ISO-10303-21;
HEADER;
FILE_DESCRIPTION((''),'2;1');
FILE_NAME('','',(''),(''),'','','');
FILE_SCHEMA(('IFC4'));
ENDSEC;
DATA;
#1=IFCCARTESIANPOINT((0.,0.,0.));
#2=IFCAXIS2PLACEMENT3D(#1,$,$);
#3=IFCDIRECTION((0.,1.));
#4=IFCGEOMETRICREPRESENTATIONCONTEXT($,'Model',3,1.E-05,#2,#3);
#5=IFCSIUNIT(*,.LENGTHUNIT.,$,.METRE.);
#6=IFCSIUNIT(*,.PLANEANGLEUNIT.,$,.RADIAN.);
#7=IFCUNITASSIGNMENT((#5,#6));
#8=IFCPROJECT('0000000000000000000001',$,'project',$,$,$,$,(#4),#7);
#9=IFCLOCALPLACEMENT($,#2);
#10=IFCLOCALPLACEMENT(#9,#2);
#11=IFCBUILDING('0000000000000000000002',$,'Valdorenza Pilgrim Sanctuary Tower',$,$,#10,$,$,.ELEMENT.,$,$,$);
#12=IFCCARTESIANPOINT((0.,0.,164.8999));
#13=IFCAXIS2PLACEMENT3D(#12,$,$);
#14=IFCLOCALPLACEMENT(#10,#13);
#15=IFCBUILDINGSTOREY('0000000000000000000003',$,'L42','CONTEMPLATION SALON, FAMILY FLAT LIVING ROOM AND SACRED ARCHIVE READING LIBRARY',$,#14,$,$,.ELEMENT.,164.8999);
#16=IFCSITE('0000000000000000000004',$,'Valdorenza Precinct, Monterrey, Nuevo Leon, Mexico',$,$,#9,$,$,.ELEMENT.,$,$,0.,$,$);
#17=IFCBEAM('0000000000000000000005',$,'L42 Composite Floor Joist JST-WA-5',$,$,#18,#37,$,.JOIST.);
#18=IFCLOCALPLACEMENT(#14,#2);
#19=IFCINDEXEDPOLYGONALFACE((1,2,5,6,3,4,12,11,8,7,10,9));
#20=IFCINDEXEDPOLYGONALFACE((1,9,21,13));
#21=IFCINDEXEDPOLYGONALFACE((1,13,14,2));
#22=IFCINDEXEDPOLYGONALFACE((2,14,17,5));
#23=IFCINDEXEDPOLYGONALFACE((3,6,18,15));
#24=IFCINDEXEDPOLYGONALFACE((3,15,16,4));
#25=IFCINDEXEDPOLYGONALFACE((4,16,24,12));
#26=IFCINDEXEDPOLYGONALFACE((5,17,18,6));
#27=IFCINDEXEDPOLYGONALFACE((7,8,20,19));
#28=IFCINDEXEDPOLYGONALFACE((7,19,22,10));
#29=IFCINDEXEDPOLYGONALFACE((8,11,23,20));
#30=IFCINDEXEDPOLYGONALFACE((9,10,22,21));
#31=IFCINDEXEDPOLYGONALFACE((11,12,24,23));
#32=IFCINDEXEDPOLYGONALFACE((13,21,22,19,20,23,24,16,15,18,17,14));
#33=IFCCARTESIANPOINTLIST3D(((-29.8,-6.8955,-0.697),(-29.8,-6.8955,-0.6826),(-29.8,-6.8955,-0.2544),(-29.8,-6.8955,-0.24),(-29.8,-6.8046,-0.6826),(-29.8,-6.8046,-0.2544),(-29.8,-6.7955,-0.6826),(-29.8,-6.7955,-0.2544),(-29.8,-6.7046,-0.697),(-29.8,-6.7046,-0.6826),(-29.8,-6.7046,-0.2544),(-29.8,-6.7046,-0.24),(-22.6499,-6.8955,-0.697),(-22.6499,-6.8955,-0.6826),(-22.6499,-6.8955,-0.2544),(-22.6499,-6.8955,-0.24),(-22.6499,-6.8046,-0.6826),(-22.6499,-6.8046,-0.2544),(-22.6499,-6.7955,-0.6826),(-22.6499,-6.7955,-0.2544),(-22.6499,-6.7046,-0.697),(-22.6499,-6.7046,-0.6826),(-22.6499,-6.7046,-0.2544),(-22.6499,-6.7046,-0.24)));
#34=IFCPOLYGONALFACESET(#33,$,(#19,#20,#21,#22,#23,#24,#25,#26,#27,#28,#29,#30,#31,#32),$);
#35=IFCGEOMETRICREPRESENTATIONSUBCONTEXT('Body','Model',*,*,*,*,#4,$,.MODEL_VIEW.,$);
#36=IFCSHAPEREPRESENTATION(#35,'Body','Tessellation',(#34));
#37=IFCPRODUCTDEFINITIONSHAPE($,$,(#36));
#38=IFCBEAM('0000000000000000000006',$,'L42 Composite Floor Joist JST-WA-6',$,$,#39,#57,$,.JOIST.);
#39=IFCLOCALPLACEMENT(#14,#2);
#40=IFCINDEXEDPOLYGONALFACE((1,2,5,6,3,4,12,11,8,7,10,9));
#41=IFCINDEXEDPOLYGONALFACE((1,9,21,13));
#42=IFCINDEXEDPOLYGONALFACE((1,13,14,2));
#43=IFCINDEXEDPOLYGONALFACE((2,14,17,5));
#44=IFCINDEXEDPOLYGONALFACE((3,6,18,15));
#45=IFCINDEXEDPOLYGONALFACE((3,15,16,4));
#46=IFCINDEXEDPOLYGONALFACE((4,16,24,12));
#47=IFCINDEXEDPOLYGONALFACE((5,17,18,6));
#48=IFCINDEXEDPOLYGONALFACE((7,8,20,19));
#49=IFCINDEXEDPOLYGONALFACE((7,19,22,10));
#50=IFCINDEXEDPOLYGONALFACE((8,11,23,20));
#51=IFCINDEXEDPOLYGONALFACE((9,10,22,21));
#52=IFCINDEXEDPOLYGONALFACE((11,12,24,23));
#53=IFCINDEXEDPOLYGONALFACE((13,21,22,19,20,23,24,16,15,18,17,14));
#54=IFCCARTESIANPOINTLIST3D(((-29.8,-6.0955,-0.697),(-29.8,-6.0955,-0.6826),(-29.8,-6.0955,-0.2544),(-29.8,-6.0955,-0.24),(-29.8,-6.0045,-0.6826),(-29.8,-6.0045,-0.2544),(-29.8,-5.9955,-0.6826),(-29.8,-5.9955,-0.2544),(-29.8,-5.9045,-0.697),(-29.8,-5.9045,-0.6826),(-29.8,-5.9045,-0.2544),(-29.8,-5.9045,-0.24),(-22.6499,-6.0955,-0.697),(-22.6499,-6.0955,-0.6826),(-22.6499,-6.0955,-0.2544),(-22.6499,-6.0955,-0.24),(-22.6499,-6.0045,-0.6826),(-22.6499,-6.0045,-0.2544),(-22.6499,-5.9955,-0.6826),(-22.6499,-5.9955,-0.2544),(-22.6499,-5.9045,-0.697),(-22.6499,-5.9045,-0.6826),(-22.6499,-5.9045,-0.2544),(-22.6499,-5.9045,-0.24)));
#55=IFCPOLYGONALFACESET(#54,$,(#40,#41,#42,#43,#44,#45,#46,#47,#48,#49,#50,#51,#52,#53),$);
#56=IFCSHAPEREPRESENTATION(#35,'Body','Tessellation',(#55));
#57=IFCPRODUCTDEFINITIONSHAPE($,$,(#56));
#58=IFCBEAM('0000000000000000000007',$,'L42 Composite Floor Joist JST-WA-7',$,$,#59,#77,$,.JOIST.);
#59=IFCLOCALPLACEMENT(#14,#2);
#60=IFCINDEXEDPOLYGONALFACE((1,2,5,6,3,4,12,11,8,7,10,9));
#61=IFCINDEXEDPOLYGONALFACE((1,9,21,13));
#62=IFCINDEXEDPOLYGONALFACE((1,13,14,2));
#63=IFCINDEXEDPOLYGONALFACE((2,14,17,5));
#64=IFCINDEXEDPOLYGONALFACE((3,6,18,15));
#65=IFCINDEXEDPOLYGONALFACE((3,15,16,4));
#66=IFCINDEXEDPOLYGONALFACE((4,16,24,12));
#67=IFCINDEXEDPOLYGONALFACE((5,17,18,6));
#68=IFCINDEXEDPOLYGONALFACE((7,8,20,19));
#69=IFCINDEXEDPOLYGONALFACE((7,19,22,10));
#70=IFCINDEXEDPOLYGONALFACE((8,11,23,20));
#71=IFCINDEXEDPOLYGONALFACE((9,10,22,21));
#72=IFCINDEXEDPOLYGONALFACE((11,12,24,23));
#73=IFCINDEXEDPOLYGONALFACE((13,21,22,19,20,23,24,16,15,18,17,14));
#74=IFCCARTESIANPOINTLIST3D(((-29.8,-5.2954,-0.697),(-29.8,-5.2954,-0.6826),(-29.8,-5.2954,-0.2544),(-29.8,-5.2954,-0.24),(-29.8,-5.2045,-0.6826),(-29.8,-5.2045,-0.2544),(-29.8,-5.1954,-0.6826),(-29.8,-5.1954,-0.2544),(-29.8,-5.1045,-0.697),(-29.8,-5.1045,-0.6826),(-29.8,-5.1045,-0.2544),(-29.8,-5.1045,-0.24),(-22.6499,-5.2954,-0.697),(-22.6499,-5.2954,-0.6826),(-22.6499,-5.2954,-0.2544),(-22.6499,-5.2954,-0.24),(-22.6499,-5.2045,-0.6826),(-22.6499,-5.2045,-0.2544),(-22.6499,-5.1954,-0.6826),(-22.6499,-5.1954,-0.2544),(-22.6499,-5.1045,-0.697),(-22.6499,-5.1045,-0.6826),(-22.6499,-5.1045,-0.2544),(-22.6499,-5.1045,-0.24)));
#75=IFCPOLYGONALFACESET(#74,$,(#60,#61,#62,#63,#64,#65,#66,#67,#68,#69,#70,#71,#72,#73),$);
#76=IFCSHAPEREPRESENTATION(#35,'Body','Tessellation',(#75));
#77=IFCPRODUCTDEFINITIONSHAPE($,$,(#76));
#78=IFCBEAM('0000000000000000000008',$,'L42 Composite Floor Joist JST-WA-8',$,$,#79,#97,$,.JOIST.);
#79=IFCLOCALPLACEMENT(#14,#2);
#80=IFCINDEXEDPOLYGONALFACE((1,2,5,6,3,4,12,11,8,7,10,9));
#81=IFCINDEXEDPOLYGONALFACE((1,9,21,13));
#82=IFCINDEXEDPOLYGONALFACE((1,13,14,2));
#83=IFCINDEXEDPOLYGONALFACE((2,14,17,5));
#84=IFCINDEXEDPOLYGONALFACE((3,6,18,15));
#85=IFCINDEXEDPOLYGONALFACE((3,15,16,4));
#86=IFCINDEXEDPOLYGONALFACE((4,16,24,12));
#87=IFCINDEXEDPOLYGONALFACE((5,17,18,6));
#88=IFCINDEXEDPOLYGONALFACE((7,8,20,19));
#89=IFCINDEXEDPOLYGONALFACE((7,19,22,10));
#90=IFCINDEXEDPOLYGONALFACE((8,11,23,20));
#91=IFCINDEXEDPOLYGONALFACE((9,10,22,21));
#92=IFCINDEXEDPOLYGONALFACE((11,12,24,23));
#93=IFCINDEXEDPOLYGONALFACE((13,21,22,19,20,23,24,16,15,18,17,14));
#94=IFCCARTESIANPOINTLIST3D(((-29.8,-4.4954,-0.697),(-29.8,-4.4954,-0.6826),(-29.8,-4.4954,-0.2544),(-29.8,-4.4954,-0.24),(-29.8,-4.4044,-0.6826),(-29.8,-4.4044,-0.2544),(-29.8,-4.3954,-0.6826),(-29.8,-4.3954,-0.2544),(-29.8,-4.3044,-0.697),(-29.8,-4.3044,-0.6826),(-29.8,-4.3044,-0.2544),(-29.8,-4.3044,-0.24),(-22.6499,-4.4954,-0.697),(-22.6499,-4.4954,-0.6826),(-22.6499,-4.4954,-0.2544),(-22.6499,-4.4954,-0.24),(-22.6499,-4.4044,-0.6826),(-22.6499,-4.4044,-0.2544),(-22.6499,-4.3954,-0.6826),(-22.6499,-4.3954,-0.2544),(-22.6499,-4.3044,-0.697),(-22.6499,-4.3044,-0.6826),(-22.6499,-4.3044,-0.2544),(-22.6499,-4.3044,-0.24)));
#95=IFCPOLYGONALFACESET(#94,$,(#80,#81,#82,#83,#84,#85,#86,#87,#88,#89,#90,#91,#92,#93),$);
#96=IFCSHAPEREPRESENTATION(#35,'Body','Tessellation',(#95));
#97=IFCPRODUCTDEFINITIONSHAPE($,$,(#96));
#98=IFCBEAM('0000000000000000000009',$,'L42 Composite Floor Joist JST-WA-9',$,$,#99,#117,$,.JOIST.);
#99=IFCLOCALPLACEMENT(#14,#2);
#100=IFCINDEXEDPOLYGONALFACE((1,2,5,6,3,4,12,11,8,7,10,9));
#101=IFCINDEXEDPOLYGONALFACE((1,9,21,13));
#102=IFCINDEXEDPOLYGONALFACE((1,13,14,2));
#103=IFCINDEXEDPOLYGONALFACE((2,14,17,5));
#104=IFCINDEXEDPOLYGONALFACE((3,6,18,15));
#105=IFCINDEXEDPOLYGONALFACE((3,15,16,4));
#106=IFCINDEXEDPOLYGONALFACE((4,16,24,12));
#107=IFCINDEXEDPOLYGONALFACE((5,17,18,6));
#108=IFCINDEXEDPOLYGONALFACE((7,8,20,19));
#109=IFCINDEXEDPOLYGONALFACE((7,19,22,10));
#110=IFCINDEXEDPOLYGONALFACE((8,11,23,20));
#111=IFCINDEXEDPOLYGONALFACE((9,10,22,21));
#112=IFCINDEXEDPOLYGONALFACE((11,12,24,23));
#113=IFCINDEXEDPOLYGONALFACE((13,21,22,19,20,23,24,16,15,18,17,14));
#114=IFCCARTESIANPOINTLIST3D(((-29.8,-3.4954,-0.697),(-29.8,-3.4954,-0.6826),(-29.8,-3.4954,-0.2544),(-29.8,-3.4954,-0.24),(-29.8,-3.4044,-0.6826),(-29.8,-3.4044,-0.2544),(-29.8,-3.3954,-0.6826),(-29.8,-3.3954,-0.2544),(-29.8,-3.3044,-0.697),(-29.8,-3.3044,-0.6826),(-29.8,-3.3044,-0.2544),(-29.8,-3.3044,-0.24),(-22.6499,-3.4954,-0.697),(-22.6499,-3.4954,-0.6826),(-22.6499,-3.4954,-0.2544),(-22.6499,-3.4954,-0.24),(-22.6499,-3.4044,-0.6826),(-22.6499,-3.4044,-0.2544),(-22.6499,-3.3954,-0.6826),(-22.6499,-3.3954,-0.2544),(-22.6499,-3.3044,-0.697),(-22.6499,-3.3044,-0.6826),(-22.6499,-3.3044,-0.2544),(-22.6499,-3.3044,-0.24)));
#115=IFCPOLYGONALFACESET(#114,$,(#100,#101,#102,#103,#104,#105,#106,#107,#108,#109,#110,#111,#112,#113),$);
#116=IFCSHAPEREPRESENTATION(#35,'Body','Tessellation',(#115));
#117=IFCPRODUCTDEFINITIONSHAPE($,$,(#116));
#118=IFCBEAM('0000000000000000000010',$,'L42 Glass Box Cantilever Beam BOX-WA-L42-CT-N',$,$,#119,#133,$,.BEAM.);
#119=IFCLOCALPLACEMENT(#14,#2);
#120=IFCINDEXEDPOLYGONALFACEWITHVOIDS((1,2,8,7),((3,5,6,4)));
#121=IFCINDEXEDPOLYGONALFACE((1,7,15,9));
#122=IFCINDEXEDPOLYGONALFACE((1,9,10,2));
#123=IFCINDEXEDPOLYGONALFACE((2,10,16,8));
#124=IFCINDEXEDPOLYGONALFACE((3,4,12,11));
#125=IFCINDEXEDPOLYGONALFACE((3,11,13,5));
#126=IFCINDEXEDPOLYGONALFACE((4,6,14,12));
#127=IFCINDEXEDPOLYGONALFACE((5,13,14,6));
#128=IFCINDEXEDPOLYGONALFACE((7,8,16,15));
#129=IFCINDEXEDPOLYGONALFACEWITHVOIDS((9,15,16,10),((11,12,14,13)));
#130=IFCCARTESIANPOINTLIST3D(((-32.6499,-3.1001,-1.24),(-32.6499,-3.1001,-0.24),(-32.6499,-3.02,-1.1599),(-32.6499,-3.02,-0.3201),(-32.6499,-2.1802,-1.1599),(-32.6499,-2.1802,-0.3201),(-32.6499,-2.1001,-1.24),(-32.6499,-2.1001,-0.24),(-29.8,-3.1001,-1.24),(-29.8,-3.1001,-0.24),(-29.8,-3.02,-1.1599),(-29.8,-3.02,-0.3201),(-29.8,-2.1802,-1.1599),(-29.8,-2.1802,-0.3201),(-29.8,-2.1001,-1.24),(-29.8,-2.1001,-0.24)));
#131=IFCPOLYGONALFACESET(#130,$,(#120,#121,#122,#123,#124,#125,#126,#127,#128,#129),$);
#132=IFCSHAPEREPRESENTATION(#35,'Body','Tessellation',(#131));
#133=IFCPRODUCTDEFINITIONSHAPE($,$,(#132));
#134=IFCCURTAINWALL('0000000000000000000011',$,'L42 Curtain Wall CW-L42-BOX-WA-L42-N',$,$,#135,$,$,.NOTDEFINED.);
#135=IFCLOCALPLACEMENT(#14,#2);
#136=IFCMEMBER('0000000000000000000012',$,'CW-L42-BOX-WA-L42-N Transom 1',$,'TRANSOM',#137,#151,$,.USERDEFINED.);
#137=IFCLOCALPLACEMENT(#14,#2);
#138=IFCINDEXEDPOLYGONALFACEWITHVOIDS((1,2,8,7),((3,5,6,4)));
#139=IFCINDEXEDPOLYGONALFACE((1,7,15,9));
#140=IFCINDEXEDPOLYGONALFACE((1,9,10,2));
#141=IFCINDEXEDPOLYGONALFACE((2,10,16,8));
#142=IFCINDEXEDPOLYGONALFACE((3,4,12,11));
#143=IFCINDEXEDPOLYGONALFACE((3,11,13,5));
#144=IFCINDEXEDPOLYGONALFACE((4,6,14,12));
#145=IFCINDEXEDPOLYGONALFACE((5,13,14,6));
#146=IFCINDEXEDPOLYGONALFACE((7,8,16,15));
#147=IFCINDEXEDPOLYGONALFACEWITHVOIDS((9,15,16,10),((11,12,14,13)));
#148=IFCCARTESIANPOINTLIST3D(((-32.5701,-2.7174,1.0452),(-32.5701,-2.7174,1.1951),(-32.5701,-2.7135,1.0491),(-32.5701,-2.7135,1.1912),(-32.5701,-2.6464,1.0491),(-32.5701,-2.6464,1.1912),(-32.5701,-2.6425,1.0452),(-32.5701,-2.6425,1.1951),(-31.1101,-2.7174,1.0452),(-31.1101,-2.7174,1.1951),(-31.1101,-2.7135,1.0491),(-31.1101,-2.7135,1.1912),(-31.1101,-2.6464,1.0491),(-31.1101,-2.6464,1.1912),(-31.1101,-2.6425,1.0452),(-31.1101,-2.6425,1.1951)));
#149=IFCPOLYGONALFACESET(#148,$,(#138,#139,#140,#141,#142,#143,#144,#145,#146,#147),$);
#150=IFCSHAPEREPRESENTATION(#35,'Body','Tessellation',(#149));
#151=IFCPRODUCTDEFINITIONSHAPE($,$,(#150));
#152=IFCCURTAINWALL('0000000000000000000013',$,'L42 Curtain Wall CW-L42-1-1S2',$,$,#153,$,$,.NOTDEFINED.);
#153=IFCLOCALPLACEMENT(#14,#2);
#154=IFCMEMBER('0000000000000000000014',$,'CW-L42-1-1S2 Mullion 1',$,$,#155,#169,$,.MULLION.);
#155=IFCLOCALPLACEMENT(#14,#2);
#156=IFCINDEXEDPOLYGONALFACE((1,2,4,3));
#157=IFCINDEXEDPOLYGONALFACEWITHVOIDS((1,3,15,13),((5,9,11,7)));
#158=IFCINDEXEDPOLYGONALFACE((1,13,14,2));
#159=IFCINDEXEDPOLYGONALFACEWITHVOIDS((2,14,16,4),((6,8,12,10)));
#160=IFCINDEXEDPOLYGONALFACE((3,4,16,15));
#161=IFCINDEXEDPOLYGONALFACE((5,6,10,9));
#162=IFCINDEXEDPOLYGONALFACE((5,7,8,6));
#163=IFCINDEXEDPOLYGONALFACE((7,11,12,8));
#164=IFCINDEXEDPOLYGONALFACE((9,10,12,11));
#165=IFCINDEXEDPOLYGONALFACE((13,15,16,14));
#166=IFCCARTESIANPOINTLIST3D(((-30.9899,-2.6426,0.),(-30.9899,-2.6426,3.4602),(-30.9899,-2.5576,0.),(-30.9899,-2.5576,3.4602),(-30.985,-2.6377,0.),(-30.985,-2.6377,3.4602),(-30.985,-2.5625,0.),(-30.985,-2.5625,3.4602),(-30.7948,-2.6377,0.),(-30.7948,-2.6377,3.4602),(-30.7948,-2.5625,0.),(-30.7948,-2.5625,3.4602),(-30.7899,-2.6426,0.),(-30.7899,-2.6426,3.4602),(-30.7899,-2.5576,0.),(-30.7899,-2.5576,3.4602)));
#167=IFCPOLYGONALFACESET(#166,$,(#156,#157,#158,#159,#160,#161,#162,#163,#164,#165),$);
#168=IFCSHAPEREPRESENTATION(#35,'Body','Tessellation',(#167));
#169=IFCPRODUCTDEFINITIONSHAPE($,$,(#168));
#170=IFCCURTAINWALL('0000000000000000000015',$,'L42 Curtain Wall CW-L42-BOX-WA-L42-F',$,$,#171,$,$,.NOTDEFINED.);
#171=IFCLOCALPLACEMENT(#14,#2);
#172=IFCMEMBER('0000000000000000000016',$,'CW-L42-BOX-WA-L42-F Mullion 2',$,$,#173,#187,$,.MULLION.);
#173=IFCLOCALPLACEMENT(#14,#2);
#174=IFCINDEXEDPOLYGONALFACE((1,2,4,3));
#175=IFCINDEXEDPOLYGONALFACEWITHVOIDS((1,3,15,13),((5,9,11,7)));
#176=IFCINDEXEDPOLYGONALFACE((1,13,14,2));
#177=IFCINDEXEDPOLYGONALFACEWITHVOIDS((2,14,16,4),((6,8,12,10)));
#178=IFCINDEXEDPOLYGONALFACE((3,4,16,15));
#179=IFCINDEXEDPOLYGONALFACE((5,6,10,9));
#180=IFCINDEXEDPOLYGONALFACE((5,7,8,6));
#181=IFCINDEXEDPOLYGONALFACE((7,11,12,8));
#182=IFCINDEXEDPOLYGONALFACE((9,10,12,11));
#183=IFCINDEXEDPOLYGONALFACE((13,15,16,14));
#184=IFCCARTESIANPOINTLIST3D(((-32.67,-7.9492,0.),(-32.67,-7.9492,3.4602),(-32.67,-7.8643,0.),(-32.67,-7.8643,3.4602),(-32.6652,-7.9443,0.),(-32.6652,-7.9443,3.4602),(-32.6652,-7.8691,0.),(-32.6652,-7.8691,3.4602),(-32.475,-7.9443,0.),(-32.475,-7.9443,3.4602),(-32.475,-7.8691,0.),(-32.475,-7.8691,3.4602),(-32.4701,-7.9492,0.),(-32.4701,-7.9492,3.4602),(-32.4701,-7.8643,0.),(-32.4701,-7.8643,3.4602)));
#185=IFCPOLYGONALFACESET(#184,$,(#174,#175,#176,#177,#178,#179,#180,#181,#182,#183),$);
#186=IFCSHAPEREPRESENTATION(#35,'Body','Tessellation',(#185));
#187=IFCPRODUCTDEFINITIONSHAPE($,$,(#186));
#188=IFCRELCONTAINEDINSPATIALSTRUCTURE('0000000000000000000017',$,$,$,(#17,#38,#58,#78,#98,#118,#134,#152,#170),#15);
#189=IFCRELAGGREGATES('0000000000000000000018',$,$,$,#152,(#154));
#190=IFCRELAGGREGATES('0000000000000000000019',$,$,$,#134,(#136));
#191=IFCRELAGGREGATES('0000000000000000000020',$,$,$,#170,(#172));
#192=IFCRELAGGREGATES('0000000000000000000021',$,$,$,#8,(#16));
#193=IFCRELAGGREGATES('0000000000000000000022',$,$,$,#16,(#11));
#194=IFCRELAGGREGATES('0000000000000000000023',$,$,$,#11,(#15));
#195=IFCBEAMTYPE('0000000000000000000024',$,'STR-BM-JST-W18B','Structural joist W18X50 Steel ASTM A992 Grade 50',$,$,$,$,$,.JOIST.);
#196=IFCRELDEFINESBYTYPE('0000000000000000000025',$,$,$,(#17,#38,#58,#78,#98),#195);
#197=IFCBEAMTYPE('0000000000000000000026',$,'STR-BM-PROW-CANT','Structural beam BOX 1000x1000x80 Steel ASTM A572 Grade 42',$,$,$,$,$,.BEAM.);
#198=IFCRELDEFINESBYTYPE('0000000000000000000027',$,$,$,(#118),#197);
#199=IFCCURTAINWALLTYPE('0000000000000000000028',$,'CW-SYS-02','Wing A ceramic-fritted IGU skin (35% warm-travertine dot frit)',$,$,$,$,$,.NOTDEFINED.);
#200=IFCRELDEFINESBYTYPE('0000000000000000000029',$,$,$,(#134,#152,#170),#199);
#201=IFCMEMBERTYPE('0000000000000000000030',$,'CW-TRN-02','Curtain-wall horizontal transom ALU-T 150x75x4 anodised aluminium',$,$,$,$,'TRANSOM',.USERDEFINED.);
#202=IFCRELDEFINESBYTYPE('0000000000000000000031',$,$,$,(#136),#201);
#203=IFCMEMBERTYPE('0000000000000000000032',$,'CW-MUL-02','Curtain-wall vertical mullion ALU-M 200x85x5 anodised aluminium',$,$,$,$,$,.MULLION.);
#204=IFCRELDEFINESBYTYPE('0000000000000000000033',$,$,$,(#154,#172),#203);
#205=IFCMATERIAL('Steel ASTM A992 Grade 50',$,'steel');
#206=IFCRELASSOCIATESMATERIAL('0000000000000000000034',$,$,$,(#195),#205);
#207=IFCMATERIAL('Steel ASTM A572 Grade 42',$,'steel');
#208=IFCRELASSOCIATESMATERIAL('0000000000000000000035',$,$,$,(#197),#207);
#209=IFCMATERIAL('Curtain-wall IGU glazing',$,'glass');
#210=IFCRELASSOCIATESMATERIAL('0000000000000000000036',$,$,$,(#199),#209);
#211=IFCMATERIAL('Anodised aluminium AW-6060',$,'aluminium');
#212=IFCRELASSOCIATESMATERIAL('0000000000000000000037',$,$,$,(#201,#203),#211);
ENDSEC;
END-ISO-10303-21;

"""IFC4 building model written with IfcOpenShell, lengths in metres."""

from ifc_helpers import new_model, si_unit, direction, frame, origin, origin_2d, place, context, subcontext, project, spatial, hollow_rectangle, i_section, extrude, source, transform, mapped, material, material_profile, profile_set, type_object, element, aggregate, save


model = new_model("IFC4")

# Units and contexts
model_context = context("Model", 3, precision=1e-05, world=origin(), true_north=direction((0.0, 1.0)))
body_context = subcontext(model_context, "Body", "Model", "MODEL_VIEW")
ifc_project = project(units=[si_unit("LENGTHUNIT", "METRE"), si_unit("PLANEANGLEUNIT", "RADIAN")], contexts=[model_context])

# Site, building, storey
site_placement = place(None, origin())
site = spatial("IfcSite", under=ifc_project, at=site_placement, Name="Valdorenza Precinct, Monterrey, Nuevo Leon, Mexico", CompositionType="ELEMENT", RefElevation=0.0)
building_placement = place(site_placement, origin())
building = spatial("IfcBuilding", under=site, at=building_placement, Name="Valdorenza Pilgrim Sanctuary Tower", CompositionType="ELEMENT")
storey_placement = place(building_placement, frame((0.0, 0.0, 164.8999)))
storey = spatial("IfcBuildingStorey", under=building, at=storey_placement, Name="L42", Description="CONTEMPLATION SALON, FAMILY FLAT LIVING ROOM AND SACRED ARCHIVE READING LIBRARY", CompositionType="ELEMENT", Elevation=164.8999)

# Beams
ifc_material_1 = material(Name="Steel ASTM A992 Grade 50", Category="steel")
ifc_material_profile_1 = material_profile(ifc_material_1, i_section(OverallWidth=0.1909, OverallDepth=0.457, WebThickness=0.009, FlangeThickness=0.0144, at=origin_2d()), Name="W18X50")
ifc_profile_set_1 = profile_set([ifc_material_profile_1], Name="Steel ASTM A992 Grade 50")
beam_type_1 = type_object("IfcBeamType", Name="STR-BM-JST-W18B", Description="Structural joist W18X50 Steel ASTM A992 Grade 50", PredefinedType="JOIST", material=ifc_profile_set_1)
shared_shape_1 = source(origin(), body_context, "Body", "SweptSolid", [
    extrude(i_section(OverallWidth=0.1909, OverallDepth=0.457, WebThickness=0.009, FlangeThickness=0.0144, at=origin_2d()), origin(), (0.0, 0.0, 1.0), 7.1501),
])
for number, where, z_axis, x_axis, name in (
    (1, (-29.8, -6.8, -0.4685), (1.0, 0.0, 0.0), (0.0, 1.0, 0.0), "L42 Composite Floor Joist JST-WA-5"),
    (2, (-29.8, -6.0, -0.4685), (1.0, 0.0, 0.0), (0.0, 1.0, 0.0), "L42 Composite Floor Joist JST-WA-6"),
    (3, (-29.8, -5.2, -0.4685), (1.0, 0.0, 0.0), (0.0, 1.0, 0.0), "L42 Composite Floor Joist JST-WA-7"),
    (4, (-29.8, -4.3999, -0.4685), (1.0, 0.0, 0.0), (0.0, 1.0, 0.0), "L42 Composite Floor Joist JST-WA-8"),
    (5, (-29.8, -3.3999, -0.4685), (1.0, 0.0, 0.0), (0.0, 1.0, 0.0), "L42 Composite Floor Joist JST-WA-9"),
):
    element("IfcBeam", number, at=place(storey_placement, frame(where, z_axis=z_axis, x_axis=x_axis)), inside=storey, type_object=beam_type_1, Name=name, PredefinedType="JOIST", context=body_context, shape_type="MappedRepresentation", body=[
        mapped(shared_shape_1, transform((0.0, 0.0, 0.0), x_axis=(1.0, 0.0, 0.0), y_axis=(0.0, 1.0, 0.0), z_axis=(0.0, 0.0, 1.0), scale=1.0)),
    ])
ifc_material_2 = material(Name="Steel ASTM A572 Grade 42", Category="steel")
ifc_material_profile_2 = material_profile(ifc_material_2, hollow_rectangle(XDim=1.0, YDim=1.0, WallThickness=0.0801, at=origin_2d()), Name="BOX 1000x1000x80")
ifc_profile_set_2 = profile_set([ifc_material_profile_2], Name="Steel ASTM A572 Grade 42")
beam_type_2 = type_object("IfcBeamType", Name="STR-BM-PROW-CANT", Description="Structural beam BOX 1000x1000x80 Steel ASTM A572 Grade 42", PredefinedType="BEAM", material=ifc_profile_set_2)
shared_shape_2 = source(origin(), body_context, "Body", "SweptSolid", [
    extrude(hollow_rectangle(XDim=1.0, YDim=1.0, WallThickness=0.0801, at=origin_2d()), origin(), (0.0, 0.0, 1.0), 2.8499),
])
beam_1_placement = place(storey_placement, frame((-29.8, -2.6001, -0.74), z_axis=(-1.0, 0.0, 0.0), x_axis=(0.0, -1.0, 0.0)))
element("IfcBeam", 6, at=beam_1_placement, inside=storey, type_object=beam_type_2, Name="L42 Glass Box Cantilever Beam BOX-WA-L42-CT-N", PredefinedType="BEAM", context=body_context, shape_type="MappedRepresentation", body=[
    mapped(shared_shape_2, transform((0.0, 0.0, 0.0), x_axis=(1.0, 0.0, 0.0), y_axis=(0.0, 1.0, 0.0), z_axis=(0.0, 0.0, 1.0), scale=1.0)),
])

# Curtain walls, members
ifc_material_3 = material(Name="Curtain-wall IGU glazing", Category="glass")
curtain_wall_type = type_object("IfcCurtainWallType", Name="CW-SYS-02", Description="Wing A ceramic-fritted IGU skin (35% warm-travertine dot frit)", PredefinedType="NOTDEFINED", material=ifc_material_3)
curtain_wall_1_placement = place(storey_placement, origin())
curtain_wall_1 = element("IfcCurtainWall", 7, at=curtain_wall_1_placement, inside=storey, type_object=curtain_wall_type, Name="L42 Curtain Wall CW-L42-BOX-WA-L42-N", PredefinedType="NOTDEFINED")
ifc_material_4 = material(Name="Anodised aluminium AW-6060", Category="aluminium")
ifc_material_profile_3 = material_profile(ifc_material_4, hollow_rectangle(XDim=0.075, YDim=0.1499, WallThickness=0.0039, at=origin_2d()), Name="ALU-T 150x75x4")
ifc_profile_set_3 = profile_set([ifc_material_profile_3], Name="Anodised aluminium AW-6060")
member_type_1 = type_object("IfcMemberType", Name="CW-TRN-02", Description="Curtain-wall horizontal transom ALU-T 150x75x4 anodised aluminium", ElementType="TRANSOM", PredefinedType="USERDEFINED", material=ifc_profile_set_3)
shared_shape_3 = source(origin(), body_context, "Body", "SweptSolid", [
    extrude(hollow_rectangle(XDim=0.075, YDim=0.1499, WallThickness=0.0039, at=origin_2d()), origin(), (0.0, 0.0, 1.0), 1.46),
])
member_1_placement = place(storey_placement, frame((-32.5701, -2.6799, 1.1201), z_axis=(1.0, 0.0, 0.0), x_axis=(0.0, 1.0, 0.0)))
member_1 = element("IfcMember", 8, at=member_1_placement, type_object=member_type_1, Name="CW-L42-BOX-WA-L42-N Transom 1", ObjectType="TRANSOM", PredefinedType="USERDEFINED", context=body_context, shape_type="MappedRepresentation", body=[
    mapped(shared_shape_3, transform((0.0, 0.0, 0.0), x_axis=(1.0, 0.0, 0.0), y_axis=(0.0, 1.0, 0.0), z_axis=(0.0, 0.0, 1.0), scale=1.0)),
])
curtain_wall_2_placement = place(storey_placement, origin())
curtain_wall_2 = element("IfcCurtainWall", 9, at=curtain_wall_2_placement, inside=storey, type_object=curtain_wall_type, Name="L42 Curtain Wall CW-L42-1-1S2", PredefinedType="NOTDEFINED")
ifc_material_profile_4 = material_profile(ifc_material_4, hollow_rectangle(XDim=0.085, YDim=0.2, WallThickness=0.0049, at=origin_2d()), Name="ALU-M 200x85x5")
ifc_profile_set_4 = profile_set([ifc_material_profile_4], Name="Anodised aluminium AW-6060")
member_type_2 = type_object("IfcMemberType", Name="CW-MUL-02", Description="Curtain-wall vertical mullion ALU-M 200x85x5 anodised aluminium", PredefinedType="MULLION", material=ifc_profile_set_4)
shared_shape_4 = source(origin(), body_context, "Body", "SweptSolid", [
    extrude(hollow_rectangle(XDim=0.085, YDim=0.2, WallThickness=0.0049, at=origin_2d()), origin(), (0.0, 0.0, 1.0), 3.4602),
])
member_2_placement = place(storey_placement, frame((-30.8899, -2.6001, 0.0), z_axis=(0.0, 0.0, 1.0), x_axis=(0.0, 1.0, 0.0)))
member_2 = element("IfcMember", 10, at=member_2_placement, type_object=member_type_2, Name="CW-L42-1-1S2 Mullion 1", PredefinedType="MULLION", context=body_context, shape_type="MappedRepresentation", body=[
    mapped(shared_shape_4, transform((0.0, 0.0, 0.0), x_axis=(1.0, 0.0, 0.0), y_axis=(0.0, 1.0, 0.0), z_axis=(0.0, 0.0, 1.0), scale=1.0)),
])

# Curtain wall, member
curtain_wall_3_placement = place(storey_placement, origin())
curtain_wall_3 = element("IfcCurtainWall", 11, at=curtain_wall_3_placement, inside=storey, type_object=curtain_wall_type, Name="L42 Curtain Wall CW-L42-BOX-WA-L42-F", PredefinedType="NOTDEFINED")
member_3_placement = place(storey_placement, frame((-32.5701, -7.9067, 0.0), z_axis=(0.0, 0.0, 1.0), x_axis=(0.0, 1.0, 0.0)))
member_3 = element("IfcMember", 12, at=member_3_placement, type_object=member_type_2, Name="CW-L42-BOX-WA-L42-F Mullion 2", PredefinedType="MULLION", context=body_context, shape_type="MappedRepresentation", body=[
    mapped(shared_shape_4, transform((0.0, 0.0, 0.0), x_axis=(1.0, 0.0, 0.0), y_axis=(0.0, 1.0, 0.0), z_axis=(0.0, 0.0, 1.0), scale=1.0)),
])

aggregate(curtain_wall_2, [member_2])

aggregate(curtain_wall_1, [member_1])
aggregate(curtain_wall_3, [member_3])

save(model, "model.ifc")
